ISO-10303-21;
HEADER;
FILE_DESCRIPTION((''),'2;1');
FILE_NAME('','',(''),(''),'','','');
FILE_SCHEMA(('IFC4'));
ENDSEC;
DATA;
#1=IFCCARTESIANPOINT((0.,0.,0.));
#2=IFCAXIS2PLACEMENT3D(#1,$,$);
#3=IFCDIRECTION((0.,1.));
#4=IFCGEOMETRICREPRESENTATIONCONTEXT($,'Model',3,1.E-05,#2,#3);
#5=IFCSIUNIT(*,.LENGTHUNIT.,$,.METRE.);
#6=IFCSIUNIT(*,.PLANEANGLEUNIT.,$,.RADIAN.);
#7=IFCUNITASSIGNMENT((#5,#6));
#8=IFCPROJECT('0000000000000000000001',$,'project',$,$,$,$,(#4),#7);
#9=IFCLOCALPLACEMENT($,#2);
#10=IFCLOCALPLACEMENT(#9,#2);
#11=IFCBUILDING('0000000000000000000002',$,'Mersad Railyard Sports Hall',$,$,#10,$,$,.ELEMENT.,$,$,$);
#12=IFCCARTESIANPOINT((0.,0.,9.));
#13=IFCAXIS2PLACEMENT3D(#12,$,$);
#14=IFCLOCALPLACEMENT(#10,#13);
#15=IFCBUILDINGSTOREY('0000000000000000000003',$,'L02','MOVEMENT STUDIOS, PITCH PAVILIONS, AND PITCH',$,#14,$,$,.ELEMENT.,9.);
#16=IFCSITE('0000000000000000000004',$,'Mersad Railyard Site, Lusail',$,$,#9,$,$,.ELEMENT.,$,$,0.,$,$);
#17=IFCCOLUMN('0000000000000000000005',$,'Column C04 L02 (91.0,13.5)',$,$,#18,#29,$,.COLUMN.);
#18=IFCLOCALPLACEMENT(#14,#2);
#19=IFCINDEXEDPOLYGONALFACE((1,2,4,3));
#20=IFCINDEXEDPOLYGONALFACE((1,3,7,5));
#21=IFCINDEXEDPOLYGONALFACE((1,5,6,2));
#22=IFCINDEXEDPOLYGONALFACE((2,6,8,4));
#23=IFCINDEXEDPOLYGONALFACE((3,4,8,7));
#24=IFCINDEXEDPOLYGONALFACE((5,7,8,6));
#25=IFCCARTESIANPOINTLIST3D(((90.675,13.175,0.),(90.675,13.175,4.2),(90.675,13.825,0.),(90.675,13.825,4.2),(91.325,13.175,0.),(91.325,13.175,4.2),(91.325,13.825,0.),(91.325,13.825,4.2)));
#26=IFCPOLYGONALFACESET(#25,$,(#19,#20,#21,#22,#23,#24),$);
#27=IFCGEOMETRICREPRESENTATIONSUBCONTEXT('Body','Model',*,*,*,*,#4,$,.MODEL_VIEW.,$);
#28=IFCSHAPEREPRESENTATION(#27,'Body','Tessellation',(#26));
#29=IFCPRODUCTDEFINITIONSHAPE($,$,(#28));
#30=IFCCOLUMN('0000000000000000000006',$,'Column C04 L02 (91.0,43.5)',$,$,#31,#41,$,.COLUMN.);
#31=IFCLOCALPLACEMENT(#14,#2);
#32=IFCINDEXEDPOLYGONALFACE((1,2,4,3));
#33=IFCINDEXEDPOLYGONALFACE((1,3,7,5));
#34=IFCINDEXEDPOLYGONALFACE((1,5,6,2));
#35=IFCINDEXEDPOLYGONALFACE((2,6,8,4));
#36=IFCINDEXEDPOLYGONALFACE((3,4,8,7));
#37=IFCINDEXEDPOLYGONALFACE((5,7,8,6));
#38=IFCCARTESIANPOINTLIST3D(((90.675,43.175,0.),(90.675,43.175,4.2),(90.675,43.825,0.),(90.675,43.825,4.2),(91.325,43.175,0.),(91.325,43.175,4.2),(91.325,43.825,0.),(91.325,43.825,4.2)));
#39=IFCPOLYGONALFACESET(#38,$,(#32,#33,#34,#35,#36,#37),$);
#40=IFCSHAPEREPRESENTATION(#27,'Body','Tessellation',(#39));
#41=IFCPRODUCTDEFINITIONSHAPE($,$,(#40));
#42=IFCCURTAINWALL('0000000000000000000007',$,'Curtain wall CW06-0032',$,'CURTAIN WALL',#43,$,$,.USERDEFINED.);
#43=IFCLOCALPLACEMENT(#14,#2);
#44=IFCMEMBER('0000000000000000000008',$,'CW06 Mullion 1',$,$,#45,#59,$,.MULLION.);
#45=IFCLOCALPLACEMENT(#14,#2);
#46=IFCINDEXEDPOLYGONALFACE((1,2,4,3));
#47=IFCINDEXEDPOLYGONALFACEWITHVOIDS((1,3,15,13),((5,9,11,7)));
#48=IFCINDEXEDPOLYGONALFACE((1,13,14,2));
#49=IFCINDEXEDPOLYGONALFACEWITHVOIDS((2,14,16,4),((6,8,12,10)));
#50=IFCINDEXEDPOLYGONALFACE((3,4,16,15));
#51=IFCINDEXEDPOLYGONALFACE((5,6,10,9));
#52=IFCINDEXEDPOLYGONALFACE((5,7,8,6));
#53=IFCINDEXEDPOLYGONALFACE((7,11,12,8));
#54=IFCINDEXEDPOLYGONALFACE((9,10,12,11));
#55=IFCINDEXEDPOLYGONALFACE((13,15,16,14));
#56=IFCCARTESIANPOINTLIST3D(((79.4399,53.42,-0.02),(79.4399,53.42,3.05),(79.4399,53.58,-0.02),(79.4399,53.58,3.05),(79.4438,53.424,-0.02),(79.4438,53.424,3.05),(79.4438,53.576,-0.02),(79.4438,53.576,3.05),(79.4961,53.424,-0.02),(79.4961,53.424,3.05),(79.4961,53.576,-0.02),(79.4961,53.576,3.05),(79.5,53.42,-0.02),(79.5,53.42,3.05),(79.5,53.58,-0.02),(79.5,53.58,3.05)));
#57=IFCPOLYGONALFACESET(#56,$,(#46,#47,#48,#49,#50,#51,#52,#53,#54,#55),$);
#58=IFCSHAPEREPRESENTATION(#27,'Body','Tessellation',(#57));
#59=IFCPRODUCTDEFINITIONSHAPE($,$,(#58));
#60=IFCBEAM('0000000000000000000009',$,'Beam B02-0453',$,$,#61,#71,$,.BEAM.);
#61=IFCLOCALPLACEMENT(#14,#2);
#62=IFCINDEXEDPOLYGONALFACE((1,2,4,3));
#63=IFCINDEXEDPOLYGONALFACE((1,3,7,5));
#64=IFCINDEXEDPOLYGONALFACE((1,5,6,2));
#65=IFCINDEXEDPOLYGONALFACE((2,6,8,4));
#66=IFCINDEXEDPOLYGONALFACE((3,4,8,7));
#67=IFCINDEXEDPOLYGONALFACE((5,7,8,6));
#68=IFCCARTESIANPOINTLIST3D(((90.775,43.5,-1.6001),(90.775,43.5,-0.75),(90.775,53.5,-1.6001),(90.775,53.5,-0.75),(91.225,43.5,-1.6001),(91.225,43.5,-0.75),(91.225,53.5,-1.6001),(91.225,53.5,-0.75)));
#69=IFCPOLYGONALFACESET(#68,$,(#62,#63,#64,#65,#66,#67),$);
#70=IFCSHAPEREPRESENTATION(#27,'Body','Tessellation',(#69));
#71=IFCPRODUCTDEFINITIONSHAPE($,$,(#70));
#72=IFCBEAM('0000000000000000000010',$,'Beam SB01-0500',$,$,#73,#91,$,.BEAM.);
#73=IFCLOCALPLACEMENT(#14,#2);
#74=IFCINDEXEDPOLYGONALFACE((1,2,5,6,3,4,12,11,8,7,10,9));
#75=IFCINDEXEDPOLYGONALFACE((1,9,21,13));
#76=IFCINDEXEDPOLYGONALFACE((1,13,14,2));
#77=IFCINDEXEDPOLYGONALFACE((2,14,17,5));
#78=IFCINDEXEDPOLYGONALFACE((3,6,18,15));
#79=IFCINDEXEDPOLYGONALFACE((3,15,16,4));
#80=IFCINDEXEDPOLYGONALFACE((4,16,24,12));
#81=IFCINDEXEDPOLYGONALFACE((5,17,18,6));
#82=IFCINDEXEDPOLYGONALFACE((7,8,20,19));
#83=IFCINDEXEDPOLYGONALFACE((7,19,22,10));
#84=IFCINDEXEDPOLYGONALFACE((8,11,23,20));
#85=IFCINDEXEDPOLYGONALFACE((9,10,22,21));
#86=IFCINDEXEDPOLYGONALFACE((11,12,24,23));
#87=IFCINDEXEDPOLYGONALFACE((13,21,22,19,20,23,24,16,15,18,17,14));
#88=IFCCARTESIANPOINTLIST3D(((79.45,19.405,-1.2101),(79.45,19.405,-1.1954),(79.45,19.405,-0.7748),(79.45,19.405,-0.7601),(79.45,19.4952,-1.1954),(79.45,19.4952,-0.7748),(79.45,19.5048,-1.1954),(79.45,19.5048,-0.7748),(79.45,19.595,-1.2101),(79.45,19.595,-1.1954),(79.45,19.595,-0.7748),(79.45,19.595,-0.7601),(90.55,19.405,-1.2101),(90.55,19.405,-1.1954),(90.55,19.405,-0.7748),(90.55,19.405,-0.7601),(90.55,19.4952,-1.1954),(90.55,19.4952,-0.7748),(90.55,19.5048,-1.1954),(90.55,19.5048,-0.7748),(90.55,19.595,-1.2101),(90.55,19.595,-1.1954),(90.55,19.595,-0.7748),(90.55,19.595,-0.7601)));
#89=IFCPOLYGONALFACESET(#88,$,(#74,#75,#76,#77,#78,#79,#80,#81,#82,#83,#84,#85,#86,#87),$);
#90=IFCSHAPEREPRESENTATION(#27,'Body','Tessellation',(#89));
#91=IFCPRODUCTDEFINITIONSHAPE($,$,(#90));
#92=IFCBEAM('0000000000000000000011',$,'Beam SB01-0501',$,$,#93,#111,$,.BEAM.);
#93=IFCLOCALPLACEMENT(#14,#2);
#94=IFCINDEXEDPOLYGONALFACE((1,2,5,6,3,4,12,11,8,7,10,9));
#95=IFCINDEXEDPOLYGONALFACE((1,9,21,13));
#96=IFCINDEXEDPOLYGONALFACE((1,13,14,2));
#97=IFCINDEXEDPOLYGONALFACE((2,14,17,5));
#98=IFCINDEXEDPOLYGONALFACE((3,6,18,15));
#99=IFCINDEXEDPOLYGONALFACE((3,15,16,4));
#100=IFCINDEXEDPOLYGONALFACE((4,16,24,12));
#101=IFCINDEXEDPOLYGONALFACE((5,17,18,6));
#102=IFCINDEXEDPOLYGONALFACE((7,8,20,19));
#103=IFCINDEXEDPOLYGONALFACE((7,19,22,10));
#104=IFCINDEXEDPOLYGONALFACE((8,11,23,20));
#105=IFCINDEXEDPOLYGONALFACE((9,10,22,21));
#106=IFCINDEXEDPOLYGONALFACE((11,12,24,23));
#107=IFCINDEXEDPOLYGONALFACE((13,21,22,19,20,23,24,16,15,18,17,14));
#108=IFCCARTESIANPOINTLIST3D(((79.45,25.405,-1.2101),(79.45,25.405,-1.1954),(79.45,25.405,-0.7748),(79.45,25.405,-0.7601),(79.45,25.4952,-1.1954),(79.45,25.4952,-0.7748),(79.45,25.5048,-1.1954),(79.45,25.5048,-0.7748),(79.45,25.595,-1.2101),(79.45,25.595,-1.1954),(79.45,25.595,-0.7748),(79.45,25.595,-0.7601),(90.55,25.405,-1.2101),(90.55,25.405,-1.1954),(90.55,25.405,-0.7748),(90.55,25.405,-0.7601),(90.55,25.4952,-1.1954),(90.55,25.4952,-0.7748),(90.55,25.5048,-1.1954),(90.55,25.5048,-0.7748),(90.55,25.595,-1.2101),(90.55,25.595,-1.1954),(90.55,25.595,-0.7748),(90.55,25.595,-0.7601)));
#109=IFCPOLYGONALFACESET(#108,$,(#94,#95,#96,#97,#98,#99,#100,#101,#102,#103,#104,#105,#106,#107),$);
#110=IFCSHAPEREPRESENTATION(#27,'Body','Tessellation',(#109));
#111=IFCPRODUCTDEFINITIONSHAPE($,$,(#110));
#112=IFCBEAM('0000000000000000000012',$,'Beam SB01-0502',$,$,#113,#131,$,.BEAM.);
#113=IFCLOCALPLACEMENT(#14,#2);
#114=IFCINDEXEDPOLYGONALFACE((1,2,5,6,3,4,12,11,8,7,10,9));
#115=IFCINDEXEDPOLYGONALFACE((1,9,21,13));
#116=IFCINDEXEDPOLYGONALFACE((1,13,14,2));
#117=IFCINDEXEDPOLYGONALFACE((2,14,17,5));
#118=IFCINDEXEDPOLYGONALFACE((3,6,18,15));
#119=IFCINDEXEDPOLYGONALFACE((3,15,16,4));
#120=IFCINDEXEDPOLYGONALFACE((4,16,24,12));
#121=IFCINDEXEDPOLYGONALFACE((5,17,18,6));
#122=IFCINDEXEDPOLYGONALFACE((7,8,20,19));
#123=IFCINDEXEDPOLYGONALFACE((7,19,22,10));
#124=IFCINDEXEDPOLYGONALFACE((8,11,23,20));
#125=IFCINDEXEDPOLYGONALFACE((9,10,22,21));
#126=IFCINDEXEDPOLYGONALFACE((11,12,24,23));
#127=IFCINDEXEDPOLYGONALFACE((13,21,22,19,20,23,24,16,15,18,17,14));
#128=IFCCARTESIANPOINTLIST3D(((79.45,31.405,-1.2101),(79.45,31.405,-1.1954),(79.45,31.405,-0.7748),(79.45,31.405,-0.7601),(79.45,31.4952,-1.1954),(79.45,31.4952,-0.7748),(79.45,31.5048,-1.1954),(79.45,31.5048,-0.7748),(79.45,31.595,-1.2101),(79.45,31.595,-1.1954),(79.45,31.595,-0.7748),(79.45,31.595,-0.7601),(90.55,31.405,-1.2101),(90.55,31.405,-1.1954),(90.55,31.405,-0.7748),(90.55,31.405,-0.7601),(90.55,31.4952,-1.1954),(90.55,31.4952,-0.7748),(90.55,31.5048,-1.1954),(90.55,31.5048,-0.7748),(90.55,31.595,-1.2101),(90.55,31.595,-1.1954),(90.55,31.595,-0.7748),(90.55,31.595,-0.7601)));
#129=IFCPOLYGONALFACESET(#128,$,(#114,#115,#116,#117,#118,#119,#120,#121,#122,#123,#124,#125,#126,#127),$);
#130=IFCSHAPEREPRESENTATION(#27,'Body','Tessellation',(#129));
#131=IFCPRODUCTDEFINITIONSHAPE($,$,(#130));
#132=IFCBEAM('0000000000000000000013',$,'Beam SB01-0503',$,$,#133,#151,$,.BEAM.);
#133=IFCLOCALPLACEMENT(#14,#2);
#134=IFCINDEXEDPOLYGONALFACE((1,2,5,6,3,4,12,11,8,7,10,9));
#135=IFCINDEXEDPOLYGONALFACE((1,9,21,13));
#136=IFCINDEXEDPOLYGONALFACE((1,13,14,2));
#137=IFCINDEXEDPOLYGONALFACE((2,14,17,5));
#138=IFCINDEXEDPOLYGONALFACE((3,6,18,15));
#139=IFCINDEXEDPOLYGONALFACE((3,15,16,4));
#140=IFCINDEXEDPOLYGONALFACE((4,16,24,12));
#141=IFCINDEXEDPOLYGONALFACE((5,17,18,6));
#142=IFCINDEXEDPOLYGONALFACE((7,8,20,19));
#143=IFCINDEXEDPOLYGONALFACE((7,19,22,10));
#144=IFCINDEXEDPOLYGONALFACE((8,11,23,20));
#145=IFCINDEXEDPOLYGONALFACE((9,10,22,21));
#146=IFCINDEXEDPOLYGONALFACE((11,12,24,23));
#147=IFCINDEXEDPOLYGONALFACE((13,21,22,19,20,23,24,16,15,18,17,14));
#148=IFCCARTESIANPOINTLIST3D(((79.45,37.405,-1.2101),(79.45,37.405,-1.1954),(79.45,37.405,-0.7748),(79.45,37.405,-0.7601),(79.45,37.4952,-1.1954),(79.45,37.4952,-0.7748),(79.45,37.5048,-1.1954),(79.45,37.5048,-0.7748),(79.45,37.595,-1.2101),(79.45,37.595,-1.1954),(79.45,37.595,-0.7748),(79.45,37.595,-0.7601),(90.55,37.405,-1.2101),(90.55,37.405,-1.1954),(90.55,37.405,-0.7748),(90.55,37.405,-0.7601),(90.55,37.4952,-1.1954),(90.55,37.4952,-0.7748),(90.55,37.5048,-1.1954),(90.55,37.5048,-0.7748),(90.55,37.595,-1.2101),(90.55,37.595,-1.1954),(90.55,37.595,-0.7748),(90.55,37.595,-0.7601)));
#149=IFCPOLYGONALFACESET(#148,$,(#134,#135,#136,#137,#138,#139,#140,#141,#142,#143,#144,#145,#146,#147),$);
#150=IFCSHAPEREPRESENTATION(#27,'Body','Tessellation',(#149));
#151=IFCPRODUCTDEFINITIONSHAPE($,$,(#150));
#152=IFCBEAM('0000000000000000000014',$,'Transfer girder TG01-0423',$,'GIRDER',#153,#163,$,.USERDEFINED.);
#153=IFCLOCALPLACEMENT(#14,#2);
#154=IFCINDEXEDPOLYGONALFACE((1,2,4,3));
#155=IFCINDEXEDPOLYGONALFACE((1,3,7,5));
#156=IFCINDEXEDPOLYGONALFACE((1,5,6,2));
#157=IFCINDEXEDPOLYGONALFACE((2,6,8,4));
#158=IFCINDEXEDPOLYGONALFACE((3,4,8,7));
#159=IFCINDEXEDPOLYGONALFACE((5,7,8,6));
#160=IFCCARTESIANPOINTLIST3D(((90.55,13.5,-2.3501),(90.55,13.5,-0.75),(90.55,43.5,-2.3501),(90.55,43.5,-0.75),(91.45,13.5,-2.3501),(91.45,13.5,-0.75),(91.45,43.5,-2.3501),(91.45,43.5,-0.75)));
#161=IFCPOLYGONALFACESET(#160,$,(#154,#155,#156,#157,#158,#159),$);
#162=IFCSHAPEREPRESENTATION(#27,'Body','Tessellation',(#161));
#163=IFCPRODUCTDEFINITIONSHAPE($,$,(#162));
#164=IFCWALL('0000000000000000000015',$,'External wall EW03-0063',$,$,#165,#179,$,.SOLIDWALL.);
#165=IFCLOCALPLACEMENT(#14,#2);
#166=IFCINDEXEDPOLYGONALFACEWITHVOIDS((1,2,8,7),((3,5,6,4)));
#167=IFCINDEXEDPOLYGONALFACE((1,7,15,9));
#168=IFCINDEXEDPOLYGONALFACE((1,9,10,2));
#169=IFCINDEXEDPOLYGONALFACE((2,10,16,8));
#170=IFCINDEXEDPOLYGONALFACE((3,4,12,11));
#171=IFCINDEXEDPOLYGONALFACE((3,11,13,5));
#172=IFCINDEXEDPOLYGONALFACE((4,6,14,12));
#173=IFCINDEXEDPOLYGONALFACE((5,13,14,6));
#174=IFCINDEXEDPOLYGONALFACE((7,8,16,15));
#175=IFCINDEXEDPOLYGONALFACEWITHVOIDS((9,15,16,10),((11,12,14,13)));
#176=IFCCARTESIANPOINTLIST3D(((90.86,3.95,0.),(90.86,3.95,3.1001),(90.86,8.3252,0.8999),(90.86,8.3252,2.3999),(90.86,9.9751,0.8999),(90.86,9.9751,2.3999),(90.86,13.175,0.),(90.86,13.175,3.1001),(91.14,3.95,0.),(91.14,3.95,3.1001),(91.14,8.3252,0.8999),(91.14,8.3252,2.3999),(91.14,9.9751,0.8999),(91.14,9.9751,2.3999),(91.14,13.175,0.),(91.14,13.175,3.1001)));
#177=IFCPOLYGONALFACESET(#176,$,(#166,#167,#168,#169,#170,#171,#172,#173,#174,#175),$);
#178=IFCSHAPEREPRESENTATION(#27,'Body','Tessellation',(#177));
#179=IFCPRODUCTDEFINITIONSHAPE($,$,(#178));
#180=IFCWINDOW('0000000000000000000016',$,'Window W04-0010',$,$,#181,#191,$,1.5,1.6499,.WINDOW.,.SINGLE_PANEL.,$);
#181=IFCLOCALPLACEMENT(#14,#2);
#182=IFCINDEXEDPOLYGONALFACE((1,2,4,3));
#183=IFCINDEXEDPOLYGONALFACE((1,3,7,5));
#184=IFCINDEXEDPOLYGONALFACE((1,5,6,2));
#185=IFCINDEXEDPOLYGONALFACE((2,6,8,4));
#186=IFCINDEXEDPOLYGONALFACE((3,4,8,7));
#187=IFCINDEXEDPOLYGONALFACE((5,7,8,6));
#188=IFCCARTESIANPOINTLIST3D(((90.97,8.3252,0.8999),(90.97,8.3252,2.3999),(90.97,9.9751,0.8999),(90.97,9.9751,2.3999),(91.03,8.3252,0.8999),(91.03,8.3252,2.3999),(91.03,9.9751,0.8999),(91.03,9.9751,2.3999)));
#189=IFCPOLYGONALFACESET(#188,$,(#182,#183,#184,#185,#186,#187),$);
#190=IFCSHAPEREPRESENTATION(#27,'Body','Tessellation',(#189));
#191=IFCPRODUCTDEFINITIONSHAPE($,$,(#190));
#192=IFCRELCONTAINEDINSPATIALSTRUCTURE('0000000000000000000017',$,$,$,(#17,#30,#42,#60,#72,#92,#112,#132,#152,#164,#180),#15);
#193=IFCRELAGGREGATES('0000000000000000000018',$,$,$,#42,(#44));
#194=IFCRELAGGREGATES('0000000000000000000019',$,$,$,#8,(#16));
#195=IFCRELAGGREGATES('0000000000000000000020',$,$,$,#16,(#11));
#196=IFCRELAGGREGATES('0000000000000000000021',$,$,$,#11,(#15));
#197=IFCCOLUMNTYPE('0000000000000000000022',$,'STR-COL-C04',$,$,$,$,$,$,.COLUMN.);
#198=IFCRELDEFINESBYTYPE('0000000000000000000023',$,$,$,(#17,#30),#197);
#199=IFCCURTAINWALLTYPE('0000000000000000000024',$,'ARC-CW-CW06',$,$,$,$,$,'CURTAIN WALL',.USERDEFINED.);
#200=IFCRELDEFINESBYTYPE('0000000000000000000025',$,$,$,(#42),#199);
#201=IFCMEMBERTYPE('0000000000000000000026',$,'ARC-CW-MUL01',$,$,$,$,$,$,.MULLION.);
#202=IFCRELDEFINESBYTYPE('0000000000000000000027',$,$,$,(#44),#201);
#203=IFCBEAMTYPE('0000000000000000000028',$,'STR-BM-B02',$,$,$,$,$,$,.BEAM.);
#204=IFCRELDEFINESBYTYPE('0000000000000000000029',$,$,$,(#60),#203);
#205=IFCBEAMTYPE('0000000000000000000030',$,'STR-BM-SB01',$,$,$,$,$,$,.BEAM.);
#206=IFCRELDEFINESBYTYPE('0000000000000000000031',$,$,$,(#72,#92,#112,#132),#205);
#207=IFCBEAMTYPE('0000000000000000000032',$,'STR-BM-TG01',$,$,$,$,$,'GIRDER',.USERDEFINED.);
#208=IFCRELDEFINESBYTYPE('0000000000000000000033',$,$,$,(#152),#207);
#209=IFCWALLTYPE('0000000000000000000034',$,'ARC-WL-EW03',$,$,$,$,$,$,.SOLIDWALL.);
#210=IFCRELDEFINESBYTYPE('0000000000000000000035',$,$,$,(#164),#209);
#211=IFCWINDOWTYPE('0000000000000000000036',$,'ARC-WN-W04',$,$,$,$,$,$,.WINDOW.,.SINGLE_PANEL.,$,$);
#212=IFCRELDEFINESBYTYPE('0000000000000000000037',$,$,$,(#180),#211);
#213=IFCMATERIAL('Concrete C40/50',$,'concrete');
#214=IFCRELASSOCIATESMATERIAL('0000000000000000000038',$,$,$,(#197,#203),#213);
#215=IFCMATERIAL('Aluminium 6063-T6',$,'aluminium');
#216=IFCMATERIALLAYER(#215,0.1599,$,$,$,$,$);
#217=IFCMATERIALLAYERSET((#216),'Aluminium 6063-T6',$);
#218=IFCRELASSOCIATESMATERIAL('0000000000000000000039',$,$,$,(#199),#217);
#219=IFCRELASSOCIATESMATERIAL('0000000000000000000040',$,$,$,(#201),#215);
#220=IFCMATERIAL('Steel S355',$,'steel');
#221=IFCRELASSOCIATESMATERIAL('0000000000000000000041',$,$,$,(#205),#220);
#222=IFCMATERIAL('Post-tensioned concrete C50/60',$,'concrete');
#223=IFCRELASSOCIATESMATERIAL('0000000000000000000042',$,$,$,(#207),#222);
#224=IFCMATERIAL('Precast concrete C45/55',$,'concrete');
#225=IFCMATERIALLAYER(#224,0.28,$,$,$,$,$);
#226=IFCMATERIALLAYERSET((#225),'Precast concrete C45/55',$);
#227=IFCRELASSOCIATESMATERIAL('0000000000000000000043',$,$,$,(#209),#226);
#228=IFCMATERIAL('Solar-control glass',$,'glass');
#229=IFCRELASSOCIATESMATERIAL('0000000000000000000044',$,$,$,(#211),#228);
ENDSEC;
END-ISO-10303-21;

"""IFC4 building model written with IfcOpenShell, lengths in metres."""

from ifc_helpers import new_model, si_unit, direction, frame, frame_2d, origin, origin_2d, place, context, subcontext, project, spatial, rectangle, hollow_rectangle, i_section, extrude, material, layer, layer_set, material_profile, profile_set, type_object, element, fill, aggregate, save


model = new_model("IFC4")

# Units and contexts
model_context = context("Model", 3, precision=1e-05, world=origin(), true_north=direction((0.0, 1.0)))
body_context = subcontext(model_context, "Body", "Model", "MODEL_VIEW")
ifc_project = project(units=[si_unit("LENGTHUNIT", "METRE"), si_unit("PLANEANGLEUNIT", "RADIAN")], contexts=[model_context])

# Site, building, storey
site_placement = place(None, origin())
site = spatial("IfcSite", under=ifc_project, at=site_placement, Name="Mersad Railyard Site, Lusail", CompositionType="ELEMENT", RefElevation=0.0)
building_placement = place(site_placement, origin())
building = spatial("IfcBuilding", under=site, at=building_placement, Name="Mersad Railyard Sports Hall", CompositionType="ELEMENT")
storey_placement = place(building_placement, frame((0.0, 0.0, 9.0)))
storey = spatial("IfcBuildingStorey", under=building, at=storey_placement, Name="L02", Description="MOVEMENT STUDIOS, PITCH PAVILIONS, AND PITCH", CompositionType="ELEMENT", Elevation=9.0)

# Columns
ifc_material_1 = material(Name="Concrete C40/50", Category="concrete")
ifc_material_profile_1 = material_profile(ifc_material_1, rectangle(XDim=0.6499, YDim=0.6499, at=origin_2d()), Name="RC 650x650")
ifc_profile_set_1 = profile_set([ifc_material_profile_1], Name="Concrete C40/50")
column_type = type_object("IfcColumnType", Name="STR-COL-C04", PredefinedType="COLUMN", material=ifc_profile_set_1)
for number, where, z_axis, x_axis, name in (
    (1, (91.0, 13.5, 0.0), (0.0, 0.0, 1.0), (1.0, 0.0, 0.0), "Column C04 L02 (91.0,13.5)"),
    (2, (91.0, 43.5, 0.0), (0.0, 0.0, 1.0), (1.0, 0.0, 0.0), "Column C04 L02 (91.0,43.5)"),
):
    element("IfcColumn", number, at=place(storey_placement, frame(where, z_axis=z_axis, x_axis=x_axis)), inside=storey, type_object=column_type, Name=name, PredefinedType="COLUMN", context=body_context, shape_type="SweptSolid", body=[
        extrude(rectangle(XDim=0.6499, YDim=0.6499, at=origin_2d()), origin(), (0.0, 0.0, 1.0), 4.2),
    ])

# Curtain wall, member
ifc_material_2 = material(Name="Aluminium 6063-T6", Category="aluminium")
ifc_layer_1 = layer(ifc_material_2, 0.1599)
ifc_layer_set_1 = layer_set([ifc_layer_1], Name="Aluminium 6063-T6")
curtain_wall_type = type_object("IfcCurtainWallType", Name="ARC-CW-CW06", ElementType="CURTAIN WALL", PredefinedType="USERDEFINED", material=ifc_layer_set_1)
curtain_wall_placement = place(storey_placement, origin())
curtain_wall = element("IfcCurtainWall", 3, at=curtain_wall_placement, inside=storey, type_object=curtain_wall_type, Name="Curtain wall CW06-0032", ObjectType="CURTAIN WALL", PredefinedType="USERDEFINED")
ifc_material_profile_2 = material_profile(ifc_material_2, hollow_rectangle(XDim=0.0601, YDim=0.1599, WallThickness=0.0039, at=origin_2d()), Name="AL MULLION 60x160x4")
ifc_profile_set_2 = profile_set([ifc_material_profile_2], Name="Aluminium 6063-T6")
member_type = type_object("IfcMemberType", Name="ARC-CW-MUL01", PredefinedType="MULLION", material=ifc_profile_set_2)
member_placement = place(storey_placement, frame((79.47, 53.5, -0.02), z_axis=(0.0, 0.0, 1.0), x_axis=(1.0, 0.0, 0.0)))
member = element("IfcMember", 4, at=member_placement, type_object=member_type, Name="CW06 Mullion 1", PredefinedType="MULLION", context=body_context, shape_type="SweptSolid", body=[
    extrude(hollow_rectangle(XDim=0.0601, YDim=0.1599, WallThickness=0.0039, at=origin_2d()), origin(), (0.0, 0.0, 1.0), 3.0701),
])
aggregate(curtain_wall, [member])

# Beams
ifc_material_profile_3 = material_profile(ifc_material_1, rectangle(XDim=0.45, YDim=0.8501, at=origin_2d()), Name="RC 450x850")
ifc_profile_set_3 = profile_set([ifc_material_profile_3], Name="Concrete C40/50")
beam_type_1 = type_object("IfcBeamType", Name="STR-BM-B02", PredefinedType="BEAM", material=ifc_profile_set_3)
beam_1_placement = place(storey_placement, frame((91.0, 43.5, -1.175), z_axis=(0.0, 1.0, 0.0), x_axis=(-1.0, 0.0, 0.0)))
element("IfcBeam", 5, at=beam_1_placement, inside=storey, type_object=beam_type_1, Name="Beam B02-0453", PredefinedType="BEAM", context=body_context, shape_type="SweptSolid", body=[
    extrude(rectangle(XDim=0.45, YDim=0.8501, at=origin_2d()), origin(), (0.0, 0.0, 1.0), 10.0),
])
ifc_material_3 = material(Name="Steel S355", Category="steel")
ifc_material_profile_4 = material_profile(ifc_material_3, i_section(OverallWidth=0.1899, OverallDepth=0.45, WebThickness=0.0095, FlangeThickness=0.0146, at=origin_2d()), Name="IPE 450")
ifc_profile_set_4 = profile_set([ifc_material_profile_4], Name="Steel S355")
beam_type_2 = type_object("IfcBeamType", Name="STR-BM-SB01", PredefinedType="BEAM", material=ifc_profile_set_4)
for number, where, z_axis, x_axis, name in (
    (6, (79.45, 19.5, -0.9851), (1.0, 0.0, 0.0), (0.0, 1.0, 0.0), "Beam SB01-0500"),
    (7, (79.45, 25.5, -0.9851), (1.0, 0.0, 0.0), (0.0, 1.0, 0.0), "Beam SB01-0501"),
    (8, (79.45, 31.5, -0.9851), (1.0, 0.0, 0.0), (0.0, 1.0, 0.0), "Beam SB01-0502"),
    (9, (79.45, 37.5, -0.9851), (1.0, 0.0, 0.0), (0.0, 1.0, 0.0), "Beam SB01-0503"),
):
    element("IfcBeam", number, at=place(storey_placement, frame(where, z_axis=z_axis, x_axis=x_axis)), inside=storey, type_object=beam_type_2, Name=name, PredefinedType="BEAM", context=body_context, shape_type="SweptSolid", body=[
        extrude(i_section(OverallWidth=0.1899, OverallDepth=0.45, WebThickness=0.0095, FlangeThickness=0.0146, at=origin_2d()), origin(), (0.0, 0.0, 1.0), 11.1001),
    ])
ifc_material_4 = material(Name="Post-tensioned concrete C50/60", Category="concrete")
ifc_material_profile_5 = material_profile(ifc_material_4, rectangle(XDim=0.8999, YDim=1.6001, at=origin_2d()), Name="PT 900x1600")
ifc_profile_set_5 = profile_set([ifc_material_profile_5], Name="Post-tensioned concrete C50/60")
beam_type_3 = type_object("IfcBeamType", Name="STR-BM-TG01", ElementType="GIRDER", PredefinedType="USERDEFINED", material=ifc_profile_set_5)
beam_2_placement = place(storey_placement, frame((91.0, 13.5, -1.55), z_axis=(0.0, 1.0, 0.0), x_axis=(-1.0, 0.0, 0.0)))
element("IfcBeam", 10, at=beam_2_placement, inside=storey, type_object=beam_type_3, Name="Transfer girder TG01-0423", ObjectType="GIRDER", PredefinedType="USERDEFINED", context=body_context, shape_type="SweptSolid", body=[
    extrude(rectangle(XDim=0.8999, YDim=1.6001, at=origin_2d()), origin(), (0.0, 0.0, 1.0), 30.0),
])

# Wall, opening, window
ifc_material_5 = material(Name="Precast concrete C45/55", Category="concrete")
ifc_layer_2 = layer(ifc_material_5, 0.28)
ifc_layer_set_2 = layer_set([ifc_layer_2], Name="Precast concrete C45/55")
wall_type_1 = type_object("IfcWallType", Name="ARC-WL-EW03", PredefinedType="SOLIDWALL", material=ifc_layer_set_2)
wall_1_placement = place(storey_placement, frame((91.0, 13.175, 0.0), z_axis=(0.0, 0.0, 1.0), x_axis=(0.0, -1.0, 0.0)))
wall_1 = element("IfcWall", 11, at=wall_1_placement, inside=storey, type_object=wall_type_1, Name="External wall EW03-0063", PredefinedType="SOLIDWALL", context=body_context, shape_type="SweptSolid", body=[
    extrude(rectangle(XDim=9.2251, YDim=0.28, at=frame_2d((4.6125, 0.0))), origin(), (0.0, 0.0, 1.0), 3.1001),
])
opening_1_placement = place(wall_1_placement, frame((3.2, 0.0, 0.8999)))
opening_1 = element("IfcOpeningElement", 12, at=opening_1_placement, cuts=wall_1, PredefinedType="OPENING", context=body_context, shape_type="SweptSolid", body=[
    extrude(rectangle(XDim=1.6499, YDim=1.5, at=frame_2d((0.825, 0.75))), frame((0.0, 0.1499, 0.0), z_axis=(0.0, -1.0, 0.0), x_axis=(1.0, 0.0, 0.0)), (0.0, 0.0, 1.0), 0.3),
])
ifc_material_6 = material(Name="Solar-control glass", Category="glass")
window_type = type_object("IfcWindowType", Name="ARC-WN-W04", PartitioningType="SINGLE_PANEL", PredefinedType="WINDOW", material=ifc_material_6)
window_1_placement = place(opening_1_placement, origin())
window_1 = element("IfcWindow", 13, at=window_1_placement, inside=storey, type_object=window_type, Name="Window W04-0010", OverallHeight=1.5, OverallWidth=1.6499, PartitioningType="SINGLE_PANEL", PredefinedType="WINDOW", context=body_context, shape_type="SweptSolid", body=[
    extrude(rectangle(XDim=1.6499, YDim=1.5, at=frame_2d((0.825, 0.75))), frame((0.0, 0.03, 0.0), z_axis=(0.0, -1.0, 0.0), x_axis=(1.0, 0.0, 0.0)), (0.0, 0.0, 1.0), 0.0601),
])
fill(opening_1, window_1)

save(model, "model.ifc")
